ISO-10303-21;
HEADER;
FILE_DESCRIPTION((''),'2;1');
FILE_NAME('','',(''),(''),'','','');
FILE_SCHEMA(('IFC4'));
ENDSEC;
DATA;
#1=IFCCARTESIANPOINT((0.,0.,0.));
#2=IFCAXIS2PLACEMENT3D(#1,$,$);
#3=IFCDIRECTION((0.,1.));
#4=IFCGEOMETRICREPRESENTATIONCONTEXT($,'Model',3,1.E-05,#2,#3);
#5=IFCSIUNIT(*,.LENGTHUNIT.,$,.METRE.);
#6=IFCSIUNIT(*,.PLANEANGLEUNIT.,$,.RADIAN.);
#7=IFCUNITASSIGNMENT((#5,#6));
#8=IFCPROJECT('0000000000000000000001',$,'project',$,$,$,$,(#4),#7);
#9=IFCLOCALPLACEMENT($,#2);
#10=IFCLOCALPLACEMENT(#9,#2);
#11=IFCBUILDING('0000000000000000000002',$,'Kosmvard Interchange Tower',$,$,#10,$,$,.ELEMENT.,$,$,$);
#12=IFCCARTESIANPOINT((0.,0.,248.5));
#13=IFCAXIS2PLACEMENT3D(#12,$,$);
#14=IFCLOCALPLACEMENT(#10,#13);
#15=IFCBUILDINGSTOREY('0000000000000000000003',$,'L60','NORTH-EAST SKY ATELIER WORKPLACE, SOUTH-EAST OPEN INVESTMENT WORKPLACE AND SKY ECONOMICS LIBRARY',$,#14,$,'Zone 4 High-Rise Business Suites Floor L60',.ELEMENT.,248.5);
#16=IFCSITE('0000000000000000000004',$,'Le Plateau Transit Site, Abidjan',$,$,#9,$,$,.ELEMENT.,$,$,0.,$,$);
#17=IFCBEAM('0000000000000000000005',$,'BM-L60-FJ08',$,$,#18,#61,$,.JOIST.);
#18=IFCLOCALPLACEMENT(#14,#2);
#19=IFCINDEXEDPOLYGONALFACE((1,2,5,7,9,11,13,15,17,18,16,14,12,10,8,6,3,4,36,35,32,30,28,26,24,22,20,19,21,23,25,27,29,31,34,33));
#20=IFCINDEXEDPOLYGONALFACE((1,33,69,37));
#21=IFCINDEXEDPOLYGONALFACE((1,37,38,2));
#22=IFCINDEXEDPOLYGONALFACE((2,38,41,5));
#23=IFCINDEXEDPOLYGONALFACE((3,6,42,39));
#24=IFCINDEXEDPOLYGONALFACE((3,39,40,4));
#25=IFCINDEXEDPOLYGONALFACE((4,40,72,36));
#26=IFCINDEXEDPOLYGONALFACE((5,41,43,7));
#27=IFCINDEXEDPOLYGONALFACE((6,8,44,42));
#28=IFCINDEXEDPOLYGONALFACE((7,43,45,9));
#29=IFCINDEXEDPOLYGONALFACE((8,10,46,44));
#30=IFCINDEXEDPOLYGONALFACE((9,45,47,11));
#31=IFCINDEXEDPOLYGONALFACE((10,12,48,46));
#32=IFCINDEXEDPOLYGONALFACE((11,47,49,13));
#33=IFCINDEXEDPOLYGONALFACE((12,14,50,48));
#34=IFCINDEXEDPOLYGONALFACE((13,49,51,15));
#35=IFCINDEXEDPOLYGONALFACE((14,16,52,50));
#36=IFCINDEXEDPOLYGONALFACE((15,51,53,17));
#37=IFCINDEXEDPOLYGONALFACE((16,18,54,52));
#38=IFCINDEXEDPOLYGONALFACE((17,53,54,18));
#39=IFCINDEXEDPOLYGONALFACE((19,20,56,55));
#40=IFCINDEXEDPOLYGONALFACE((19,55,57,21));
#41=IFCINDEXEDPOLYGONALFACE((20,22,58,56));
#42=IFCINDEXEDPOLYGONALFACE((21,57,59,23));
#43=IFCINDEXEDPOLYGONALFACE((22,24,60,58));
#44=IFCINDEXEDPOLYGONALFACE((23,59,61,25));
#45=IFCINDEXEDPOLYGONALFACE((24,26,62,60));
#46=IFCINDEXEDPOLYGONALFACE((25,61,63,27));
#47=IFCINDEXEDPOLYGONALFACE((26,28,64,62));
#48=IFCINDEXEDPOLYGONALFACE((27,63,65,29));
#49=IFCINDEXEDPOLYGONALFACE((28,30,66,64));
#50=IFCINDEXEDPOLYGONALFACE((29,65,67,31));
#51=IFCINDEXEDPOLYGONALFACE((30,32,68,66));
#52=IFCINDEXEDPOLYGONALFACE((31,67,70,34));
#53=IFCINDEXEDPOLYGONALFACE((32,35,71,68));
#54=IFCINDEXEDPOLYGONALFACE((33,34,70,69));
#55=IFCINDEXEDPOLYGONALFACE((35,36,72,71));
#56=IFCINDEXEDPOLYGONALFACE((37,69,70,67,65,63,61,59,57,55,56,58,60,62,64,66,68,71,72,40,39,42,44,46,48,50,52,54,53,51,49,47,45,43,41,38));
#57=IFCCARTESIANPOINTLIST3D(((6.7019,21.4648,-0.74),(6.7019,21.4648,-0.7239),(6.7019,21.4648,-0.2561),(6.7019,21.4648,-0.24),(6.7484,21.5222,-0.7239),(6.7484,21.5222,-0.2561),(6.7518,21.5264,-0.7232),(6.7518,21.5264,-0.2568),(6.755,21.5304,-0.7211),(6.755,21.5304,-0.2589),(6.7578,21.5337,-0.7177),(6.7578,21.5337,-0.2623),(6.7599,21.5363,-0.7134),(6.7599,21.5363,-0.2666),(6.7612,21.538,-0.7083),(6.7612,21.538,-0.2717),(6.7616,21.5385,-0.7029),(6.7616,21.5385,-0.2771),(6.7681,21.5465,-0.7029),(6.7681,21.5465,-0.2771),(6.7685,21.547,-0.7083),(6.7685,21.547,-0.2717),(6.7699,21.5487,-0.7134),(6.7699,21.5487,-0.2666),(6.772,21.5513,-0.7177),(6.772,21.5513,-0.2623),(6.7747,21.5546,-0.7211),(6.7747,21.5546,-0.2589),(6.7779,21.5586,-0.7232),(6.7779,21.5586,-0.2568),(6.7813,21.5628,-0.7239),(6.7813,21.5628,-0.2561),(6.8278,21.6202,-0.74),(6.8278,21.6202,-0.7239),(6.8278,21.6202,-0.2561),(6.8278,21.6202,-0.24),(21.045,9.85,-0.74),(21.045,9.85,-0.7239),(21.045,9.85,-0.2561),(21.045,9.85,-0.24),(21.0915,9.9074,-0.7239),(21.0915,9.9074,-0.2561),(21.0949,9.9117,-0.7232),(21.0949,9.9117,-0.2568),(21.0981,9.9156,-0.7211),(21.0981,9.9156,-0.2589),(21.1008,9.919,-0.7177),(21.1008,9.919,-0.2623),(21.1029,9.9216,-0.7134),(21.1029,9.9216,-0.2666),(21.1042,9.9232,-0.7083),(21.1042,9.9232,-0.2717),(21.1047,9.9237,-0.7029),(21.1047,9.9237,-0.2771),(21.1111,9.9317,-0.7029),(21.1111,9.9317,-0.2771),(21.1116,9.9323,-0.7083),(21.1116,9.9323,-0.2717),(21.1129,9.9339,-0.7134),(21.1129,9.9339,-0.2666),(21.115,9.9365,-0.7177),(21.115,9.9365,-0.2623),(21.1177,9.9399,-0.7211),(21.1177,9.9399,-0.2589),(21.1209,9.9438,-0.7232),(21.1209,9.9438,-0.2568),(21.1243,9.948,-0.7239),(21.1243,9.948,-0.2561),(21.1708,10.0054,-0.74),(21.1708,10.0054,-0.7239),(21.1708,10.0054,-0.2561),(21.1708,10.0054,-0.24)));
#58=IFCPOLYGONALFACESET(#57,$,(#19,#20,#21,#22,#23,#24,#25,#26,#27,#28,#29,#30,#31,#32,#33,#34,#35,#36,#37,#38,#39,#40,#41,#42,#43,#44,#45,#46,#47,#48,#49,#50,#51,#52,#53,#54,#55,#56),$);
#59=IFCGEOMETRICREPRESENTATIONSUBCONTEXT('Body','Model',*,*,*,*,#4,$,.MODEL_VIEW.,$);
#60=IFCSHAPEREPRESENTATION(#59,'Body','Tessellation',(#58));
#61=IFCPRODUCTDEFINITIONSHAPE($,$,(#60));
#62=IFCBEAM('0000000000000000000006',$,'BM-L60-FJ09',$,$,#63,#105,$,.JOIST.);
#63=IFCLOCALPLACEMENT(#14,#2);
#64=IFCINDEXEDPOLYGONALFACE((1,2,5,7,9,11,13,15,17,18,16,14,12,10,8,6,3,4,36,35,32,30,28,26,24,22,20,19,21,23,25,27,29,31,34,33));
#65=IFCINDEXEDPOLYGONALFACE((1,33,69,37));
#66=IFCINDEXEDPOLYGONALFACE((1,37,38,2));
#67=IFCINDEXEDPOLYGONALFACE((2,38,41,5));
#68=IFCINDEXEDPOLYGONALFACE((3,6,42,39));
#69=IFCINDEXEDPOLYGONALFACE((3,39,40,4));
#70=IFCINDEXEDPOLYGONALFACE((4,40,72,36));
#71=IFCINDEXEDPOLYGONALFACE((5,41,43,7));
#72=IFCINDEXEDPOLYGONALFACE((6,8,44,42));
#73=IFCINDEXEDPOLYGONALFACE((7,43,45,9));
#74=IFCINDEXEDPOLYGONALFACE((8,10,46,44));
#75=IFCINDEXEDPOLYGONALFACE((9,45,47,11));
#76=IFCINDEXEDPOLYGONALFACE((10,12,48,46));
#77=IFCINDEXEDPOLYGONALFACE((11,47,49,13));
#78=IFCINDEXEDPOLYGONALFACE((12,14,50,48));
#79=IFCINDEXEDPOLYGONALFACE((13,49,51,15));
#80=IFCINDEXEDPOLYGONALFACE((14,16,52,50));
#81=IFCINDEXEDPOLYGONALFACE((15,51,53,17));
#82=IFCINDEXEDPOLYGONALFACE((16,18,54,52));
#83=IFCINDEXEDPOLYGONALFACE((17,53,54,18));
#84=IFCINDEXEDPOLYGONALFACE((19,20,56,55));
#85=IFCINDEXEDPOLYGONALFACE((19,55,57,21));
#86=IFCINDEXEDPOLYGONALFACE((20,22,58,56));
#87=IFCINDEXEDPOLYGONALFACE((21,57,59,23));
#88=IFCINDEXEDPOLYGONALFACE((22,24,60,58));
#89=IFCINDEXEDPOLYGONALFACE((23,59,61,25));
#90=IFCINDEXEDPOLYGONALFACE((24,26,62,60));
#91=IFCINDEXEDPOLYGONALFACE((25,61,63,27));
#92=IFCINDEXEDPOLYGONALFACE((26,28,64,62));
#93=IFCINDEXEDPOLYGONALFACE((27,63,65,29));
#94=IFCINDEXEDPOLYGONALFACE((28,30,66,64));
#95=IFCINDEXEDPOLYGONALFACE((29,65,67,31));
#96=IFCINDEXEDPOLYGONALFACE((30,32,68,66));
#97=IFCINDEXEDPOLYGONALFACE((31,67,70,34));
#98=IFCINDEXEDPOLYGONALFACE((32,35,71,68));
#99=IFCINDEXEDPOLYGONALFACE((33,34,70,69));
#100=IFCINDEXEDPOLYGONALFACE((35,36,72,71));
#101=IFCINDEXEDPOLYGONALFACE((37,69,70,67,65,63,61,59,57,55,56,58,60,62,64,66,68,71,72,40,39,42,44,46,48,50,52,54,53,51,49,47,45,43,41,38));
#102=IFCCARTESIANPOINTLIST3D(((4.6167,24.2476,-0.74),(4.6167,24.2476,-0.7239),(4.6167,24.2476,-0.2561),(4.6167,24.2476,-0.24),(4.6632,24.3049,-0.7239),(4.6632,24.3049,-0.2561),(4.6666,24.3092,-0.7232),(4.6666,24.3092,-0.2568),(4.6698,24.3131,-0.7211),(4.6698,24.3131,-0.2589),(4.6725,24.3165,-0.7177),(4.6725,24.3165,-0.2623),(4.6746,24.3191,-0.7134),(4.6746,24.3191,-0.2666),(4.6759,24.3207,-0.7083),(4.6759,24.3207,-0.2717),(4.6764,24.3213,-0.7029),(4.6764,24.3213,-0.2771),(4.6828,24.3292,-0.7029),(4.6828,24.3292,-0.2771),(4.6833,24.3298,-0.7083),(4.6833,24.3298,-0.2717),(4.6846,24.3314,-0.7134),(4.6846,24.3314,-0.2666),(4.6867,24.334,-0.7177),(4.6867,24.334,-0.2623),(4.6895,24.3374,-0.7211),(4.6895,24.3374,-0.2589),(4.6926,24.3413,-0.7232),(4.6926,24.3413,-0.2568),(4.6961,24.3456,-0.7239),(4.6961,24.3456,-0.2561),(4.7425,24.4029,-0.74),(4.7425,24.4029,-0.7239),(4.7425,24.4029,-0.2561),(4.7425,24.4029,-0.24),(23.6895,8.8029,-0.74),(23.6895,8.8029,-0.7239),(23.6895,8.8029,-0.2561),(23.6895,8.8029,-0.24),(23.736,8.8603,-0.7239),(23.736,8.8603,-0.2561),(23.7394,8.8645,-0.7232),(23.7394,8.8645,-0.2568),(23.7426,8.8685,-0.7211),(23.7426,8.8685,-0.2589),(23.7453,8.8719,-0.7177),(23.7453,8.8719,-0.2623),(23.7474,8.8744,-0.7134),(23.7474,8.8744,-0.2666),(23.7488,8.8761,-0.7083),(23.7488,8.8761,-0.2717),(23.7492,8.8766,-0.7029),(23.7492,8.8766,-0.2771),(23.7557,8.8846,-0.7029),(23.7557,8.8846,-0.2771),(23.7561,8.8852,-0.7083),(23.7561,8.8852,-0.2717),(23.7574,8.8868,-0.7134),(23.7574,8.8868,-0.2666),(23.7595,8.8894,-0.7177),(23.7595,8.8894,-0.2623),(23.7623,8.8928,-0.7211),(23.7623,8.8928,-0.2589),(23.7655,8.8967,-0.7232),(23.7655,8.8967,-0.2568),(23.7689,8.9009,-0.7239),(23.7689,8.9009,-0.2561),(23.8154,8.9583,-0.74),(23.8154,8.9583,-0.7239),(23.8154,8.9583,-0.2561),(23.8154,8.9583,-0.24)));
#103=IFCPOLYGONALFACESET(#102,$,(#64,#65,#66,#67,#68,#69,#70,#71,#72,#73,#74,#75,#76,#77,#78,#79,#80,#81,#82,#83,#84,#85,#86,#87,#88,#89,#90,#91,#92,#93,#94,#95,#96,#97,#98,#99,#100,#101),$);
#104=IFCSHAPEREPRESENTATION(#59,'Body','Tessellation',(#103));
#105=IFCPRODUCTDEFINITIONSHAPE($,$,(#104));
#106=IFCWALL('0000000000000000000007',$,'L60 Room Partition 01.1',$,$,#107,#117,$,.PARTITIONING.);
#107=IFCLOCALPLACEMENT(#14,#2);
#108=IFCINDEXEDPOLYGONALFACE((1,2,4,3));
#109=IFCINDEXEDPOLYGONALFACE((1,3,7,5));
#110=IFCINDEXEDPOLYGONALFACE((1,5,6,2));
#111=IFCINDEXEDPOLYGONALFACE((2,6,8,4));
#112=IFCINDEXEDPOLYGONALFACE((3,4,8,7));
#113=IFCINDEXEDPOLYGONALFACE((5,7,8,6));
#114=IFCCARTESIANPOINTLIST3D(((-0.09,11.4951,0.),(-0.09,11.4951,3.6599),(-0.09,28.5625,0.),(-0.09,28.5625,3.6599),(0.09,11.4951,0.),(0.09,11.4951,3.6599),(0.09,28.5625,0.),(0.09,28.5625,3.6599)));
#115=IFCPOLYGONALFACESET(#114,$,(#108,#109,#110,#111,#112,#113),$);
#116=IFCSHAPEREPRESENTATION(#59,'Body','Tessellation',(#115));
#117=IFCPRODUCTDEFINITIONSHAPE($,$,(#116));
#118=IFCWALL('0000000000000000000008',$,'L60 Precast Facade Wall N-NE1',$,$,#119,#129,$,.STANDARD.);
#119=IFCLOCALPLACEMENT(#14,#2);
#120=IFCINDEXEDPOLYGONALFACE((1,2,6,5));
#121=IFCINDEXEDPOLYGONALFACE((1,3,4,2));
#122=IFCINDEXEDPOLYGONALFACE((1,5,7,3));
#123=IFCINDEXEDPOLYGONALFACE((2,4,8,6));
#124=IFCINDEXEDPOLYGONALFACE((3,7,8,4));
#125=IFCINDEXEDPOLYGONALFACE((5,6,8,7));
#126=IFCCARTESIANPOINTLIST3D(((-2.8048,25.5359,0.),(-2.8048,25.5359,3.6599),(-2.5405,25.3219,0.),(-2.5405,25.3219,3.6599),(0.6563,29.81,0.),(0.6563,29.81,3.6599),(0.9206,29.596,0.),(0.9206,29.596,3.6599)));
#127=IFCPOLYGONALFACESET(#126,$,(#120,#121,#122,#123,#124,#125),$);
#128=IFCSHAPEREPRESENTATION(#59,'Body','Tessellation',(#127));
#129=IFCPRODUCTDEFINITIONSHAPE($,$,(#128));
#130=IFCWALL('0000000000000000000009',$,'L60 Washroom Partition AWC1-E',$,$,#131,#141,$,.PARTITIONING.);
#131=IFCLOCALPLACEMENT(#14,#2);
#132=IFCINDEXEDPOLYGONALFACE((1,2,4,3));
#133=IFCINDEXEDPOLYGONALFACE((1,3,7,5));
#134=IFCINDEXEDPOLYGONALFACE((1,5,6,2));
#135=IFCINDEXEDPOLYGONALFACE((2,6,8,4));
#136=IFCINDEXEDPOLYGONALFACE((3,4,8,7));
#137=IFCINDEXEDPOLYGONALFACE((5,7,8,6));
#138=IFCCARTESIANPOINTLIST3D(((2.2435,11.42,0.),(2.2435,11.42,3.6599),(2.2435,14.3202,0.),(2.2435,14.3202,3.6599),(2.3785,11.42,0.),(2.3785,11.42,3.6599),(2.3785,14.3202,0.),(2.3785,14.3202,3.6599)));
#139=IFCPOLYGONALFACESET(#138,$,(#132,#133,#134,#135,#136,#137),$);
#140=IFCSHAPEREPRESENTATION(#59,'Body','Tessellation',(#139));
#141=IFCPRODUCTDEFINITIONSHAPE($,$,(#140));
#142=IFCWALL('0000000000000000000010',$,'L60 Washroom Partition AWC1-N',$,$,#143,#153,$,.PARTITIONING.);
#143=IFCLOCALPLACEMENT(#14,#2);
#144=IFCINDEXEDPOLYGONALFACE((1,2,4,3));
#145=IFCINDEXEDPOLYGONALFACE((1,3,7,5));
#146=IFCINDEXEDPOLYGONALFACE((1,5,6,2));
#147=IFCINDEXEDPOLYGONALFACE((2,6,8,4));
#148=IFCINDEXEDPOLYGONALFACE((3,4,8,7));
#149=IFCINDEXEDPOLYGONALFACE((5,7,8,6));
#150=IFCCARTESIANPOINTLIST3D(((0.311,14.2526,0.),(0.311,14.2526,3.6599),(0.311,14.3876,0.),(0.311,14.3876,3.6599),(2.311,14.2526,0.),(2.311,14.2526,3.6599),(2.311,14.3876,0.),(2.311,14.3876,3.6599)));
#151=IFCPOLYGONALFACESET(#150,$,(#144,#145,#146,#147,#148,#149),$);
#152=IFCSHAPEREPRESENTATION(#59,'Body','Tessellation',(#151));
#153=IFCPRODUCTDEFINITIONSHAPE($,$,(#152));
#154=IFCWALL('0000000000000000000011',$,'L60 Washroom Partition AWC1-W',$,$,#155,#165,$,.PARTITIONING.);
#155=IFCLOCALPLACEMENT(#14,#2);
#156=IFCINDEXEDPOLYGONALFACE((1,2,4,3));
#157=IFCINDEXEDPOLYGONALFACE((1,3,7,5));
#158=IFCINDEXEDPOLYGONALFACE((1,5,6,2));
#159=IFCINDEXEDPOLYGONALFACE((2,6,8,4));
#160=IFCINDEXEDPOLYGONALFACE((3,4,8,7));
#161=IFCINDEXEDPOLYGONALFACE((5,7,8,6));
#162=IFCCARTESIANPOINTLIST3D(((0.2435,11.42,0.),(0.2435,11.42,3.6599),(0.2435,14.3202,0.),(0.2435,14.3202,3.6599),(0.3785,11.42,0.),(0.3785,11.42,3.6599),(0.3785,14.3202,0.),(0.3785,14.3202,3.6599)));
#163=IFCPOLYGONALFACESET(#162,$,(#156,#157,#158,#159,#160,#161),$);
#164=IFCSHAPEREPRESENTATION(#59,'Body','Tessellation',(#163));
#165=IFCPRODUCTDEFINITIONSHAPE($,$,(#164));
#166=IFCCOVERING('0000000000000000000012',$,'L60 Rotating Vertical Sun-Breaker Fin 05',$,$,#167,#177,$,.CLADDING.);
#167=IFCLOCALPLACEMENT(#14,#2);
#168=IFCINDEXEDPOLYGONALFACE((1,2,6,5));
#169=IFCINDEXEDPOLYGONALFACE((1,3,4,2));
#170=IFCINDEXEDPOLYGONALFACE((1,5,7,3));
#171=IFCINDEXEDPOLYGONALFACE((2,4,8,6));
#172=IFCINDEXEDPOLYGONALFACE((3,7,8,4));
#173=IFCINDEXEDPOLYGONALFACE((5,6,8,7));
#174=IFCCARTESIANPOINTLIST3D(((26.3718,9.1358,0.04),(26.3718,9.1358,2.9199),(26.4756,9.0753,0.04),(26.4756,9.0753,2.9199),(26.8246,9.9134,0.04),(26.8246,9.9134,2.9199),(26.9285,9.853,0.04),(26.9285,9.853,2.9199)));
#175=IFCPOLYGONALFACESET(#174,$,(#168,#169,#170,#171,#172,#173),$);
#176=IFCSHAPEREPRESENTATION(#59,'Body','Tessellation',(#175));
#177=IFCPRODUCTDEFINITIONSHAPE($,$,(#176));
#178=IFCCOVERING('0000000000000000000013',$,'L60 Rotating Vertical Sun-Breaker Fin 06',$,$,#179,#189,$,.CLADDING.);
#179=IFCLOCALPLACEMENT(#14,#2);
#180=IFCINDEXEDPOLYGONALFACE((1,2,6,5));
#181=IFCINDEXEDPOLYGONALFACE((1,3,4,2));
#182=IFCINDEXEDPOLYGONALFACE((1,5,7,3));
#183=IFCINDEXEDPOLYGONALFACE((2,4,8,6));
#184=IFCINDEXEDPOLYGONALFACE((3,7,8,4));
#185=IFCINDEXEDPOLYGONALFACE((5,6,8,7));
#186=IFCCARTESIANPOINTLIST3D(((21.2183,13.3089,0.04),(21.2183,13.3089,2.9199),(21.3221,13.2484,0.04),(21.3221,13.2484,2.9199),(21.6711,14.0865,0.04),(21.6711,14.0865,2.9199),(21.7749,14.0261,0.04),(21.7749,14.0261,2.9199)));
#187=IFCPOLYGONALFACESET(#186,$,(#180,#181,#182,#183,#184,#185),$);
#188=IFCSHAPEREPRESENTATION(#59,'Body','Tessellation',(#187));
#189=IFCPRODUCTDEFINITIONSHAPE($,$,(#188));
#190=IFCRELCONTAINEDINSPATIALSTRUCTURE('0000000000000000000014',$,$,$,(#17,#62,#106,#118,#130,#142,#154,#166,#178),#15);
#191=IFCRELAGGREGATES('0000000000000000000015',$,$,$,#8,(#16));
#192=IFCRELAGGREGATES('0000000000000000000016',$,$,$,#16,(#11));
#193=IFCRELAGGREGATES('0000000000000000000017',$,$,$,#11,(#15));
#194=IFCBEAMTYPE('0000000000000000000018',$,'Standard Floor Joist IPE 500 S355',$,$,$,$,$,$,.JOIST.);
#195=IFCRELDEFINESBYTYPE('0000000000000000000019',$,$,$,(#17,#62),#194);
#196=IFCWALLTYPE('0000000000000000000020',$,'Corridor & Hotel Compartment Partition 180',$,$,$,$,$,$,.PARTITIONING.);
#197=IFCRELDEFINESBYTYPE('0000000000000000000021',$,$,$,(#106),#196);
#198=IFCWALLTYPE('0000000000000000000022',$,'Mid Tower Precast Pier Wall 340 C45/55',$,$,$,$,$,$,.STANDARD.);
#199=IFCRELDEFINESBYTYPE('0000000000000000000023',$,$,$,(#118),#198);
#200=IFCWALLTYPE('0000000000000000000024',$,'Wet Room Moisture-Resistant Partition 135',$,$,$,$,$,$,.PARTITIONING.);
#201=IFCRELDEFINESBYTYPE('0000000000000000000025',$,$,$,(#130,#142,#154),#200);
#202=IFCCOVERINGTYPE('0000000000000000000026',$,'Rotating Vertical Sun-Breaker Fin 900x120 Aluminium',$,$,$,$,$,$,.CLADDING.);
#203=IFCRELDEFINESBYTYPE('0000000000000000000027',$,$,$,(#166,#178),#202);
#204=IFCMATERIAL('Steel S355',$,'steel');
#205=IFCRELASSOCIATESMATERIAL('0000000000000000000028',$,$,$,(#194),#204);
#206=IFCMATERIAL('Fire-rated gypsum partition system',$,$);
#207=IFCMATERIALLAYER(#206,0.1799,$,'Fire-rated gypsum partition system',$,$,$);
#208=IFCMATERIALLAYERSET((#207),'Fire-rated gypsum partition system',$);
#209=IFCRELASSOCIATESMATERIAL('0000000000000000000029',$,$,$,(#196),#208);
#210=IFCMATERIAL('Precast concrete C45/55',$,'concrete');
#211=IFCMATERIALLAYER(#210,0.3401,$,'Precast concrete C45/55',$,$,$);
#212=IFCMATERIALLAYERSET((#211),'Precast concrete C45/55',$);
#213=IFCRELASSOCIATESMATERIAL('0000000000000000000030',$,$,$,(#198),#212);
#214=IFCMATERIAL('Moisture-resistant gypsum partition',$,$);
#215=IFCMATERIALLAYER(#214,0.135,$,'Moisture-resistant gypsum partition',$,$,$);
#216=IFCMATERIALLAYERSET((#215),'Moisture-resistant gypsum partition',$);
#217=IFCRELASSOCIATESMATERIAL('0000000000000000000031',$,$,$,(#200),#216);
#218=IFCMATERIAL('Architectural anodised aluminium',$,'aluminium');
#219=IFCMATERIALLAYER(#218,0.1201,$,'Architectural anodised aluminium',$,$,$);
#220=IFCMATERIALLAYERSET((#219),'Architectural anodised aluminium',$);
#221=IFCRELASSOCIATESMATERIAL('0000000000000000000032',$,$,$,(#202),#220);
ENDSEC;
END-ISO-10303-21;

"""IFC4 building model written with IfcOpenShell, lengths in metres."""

from ifc_helpers import new_model, si_unit, direction, frame, frame_2d, origin, origin_2d, place, context, subcontext, project, spatial, rectangle, i_section, extrude, source, transform, mapped, material, layer, layer_set, material_profile, profile_set, type_object, element, save


model = new_model("IFC4")

# Units and contexts
model_context = context("Model", 3, precision=1e-05, world=origin(), true_north=direction((0.0, 1.0)))
body_context = subcontext(model_context, "Body", "Model", "MODEL_VIEW")
ifc_project = project(units=[si_unit("LENGTHUNIT", "METRE"), si_unit("PLANEANGLEUNIT", "RADIAN")], contexts=[model_context])

# Site, building, storey
site_placement = place(None, origin())
site = spatial("IfcSite", under=ifc_project, at=site_placement, Name="Le Plateau Transit Site, Abidjan", CompositionType="ELEMENT", RefElevation=0.0)
building_placement = place(site_placement, origin())
building = spatial("IfcBuilding", under=site, at=building_placement, Name="Kosmvard Interchange Tower", CompositionType="ELEMENT")
storey_placement = place(building_placement, frame((0.0, 0.0, 248.5)))
storey = spatial("IfcBuildingStorey", under=building, at=storey_placement, Name="L60", Description="NORTH-EAST SKY ATELIER WORKPLACE, SOUTH-EAST OPEN INVESTMENT WORKPLACE AND SKY ECONOMICS LIBRARY", LongName="Zone 4 High-Rise Business Suites Floor L60", CompositionType="ELEMENT", Elevation=248.5)

# Beams
ifc_material_1 = material(Name="Steel S355", Category="steel")
ifc_material_2 = material(Name="Precast concrete C45/55", Category="concrete")
ifc_material_profile_1 = material_profile(ifc_material_1, i_section(OverallWidth=0.2, OverallDepth=0.5, WebThickness=0.0103, FlangeThickness=0.0161, FilletRadius=0.021, at=origin_2d()), Name="IPE 500")
ifc_profile_set_1 = profile_set([ifc_material_profile_1], Name="Steel S355")
beam_type_1 = type_object("IfcBeamType", Name="Standard Floor Joist IPE 500 S355", PredefinedType="JOIST", material=ifc_profile_set_1)
shared_shape_1 = source(origin(), body_context, "Body", "SweptSolid", [
    extrude(i_section(OverallWidth=0.2, OverallDepth=0.5, WebThickness=0.0103, FlangeThickness=0.0161, FilletRadius=0.021, at=origin_2d()), origin(), (0.0, 0.0, 1.0), 18.4561),
])
beam_1_placement = place(storey_placement, frame((21.1079, 9.9277, -0.49), z_axis=(-0.777146, 0.62932, 0.0), x_axis=(-0.62932, -0.777146, 0.0)))
element("IfcBeam", 1, at=beam_1_placement, inside=storey, type_object=beam_type_1, Name="BM-L60-FJ08", PredefinedType="JOIST", context=body_context, shape_type="MappedRepresentation", body=[
    mapped(shared_shape_1, transform((0.0, 0.0, 0.0), scale=1.0)),
])
shared_shape_2 = source(origin(), body_context, "Body", "SweptSolid", [
    extrude(i_section(OverallWidth=0.2, OverallDepth=0.5, WebThickness=0.0103, FlangeThickness=0.0161, FilletRadius=0.021, at=origin_2d()), origin(), (0.0, 0.0, 1.0), 24.542),
])
beam_2_placement = place(storey_placement, frame((23.7524, 8.8806, -0.49), z_axis=(-0.777151, 0.629315, 0.0), x_axis=(-0.629315, -0.777151, 0.0)))
element("IfcBeam", 2, at=beam_2_placement, inside=storey, type_object=beam_type_1, Name="BM-L60-FJ09", PredefinedType="JOIST", context=body_context, shape_type="MappedRepresentation", body=[
    mapped(shared_shape_2, transform((0.0, 0.0, 0.0), scale=1.0)),
])

# Walls
ifc_material_3 = material(Name="Fire-rated gypsum partition system")
ifc_layer_1 = layer(ifc_material_3, 0.1799, Name="Fire-rated gypsum partition system")
ifc_layer_set_1 = layer_set([ifc_layer_1], Name="Fire-rated gypsum partition system")
wall_type_1 = type_object("IfcWallType", Name="Corridor & Hotel Compartment Partition 180", PredefinedType="PARTITIONING", material=ifc_layer_set_1)
wall_1_placement = place(storey_placement, frame((0.0, 11.4951, 0.0), z_axis=(0.0, 0.0, 1.0), x_axis=(0.0, 1.0, 0.0)))
element("IfcWall", 3, at=wall_1_placement, inside=storey, type_object=wall_type_1, Name="L60 Room Partition 01.1", PredefinedType="PARTITIONING", context=body_context, shape_type="SweptSolid", body=[
    extrude(rectangle(XDim=17.0674, YDim=0.1799, at=frame_2d((8.5337, 0.0))), origin(), (0.0, 0.0, 1.0), 3.6599),
])
ifc_layer_2 = layer(ifc_material_2, 0.3401, Name="Precast concrete C45/55")
ifc_layer_set_2 = layer_set([ifc_layer_2], Name="Precast concrete C45/55")
wall_type_2 = type_object("IfcWallType", Name="Mid Tower Precast Pier Wall 340 C45/55", PredefinedType="STANDARD", material=ifc_layer_set_2)
wall_2_placement = place(storey_placement, frame((0.7886, 29.7031, 0.0), z_axis=(0.0, 0.0, 1.0), x_axis=(-0.629323, -0.777144, 0.0)))
element("IfcWall", 4, at=wall_2_placement, inside=storey, type_object=wall_type_2, Name="L60 Precast Facade Wall N-NE1", PredefinedType="STANDARD", context=body_context, shape_type="SweptSolid", body=[
    extrude(rectangle(XDim=5.4998, YDim=0.3401, at=frame_2d((2.75, 0.0))), origin(), (0.0, 0.0, 1.0), 3.6599),
])
ifc_material_4 = material(Name="Moisture-resistant gypsum partition")
ifc_layer_3 = layer(ifc_material_4, 0.135, Name="Moisture-resistant gypsum partition")
ifc_layer_set_3 = layer_set([ifc_layer_3], Name="Moisture-resistant gypsum partition")
wall_type_3 = type_object("IfcWallType", Name="Wet Room Moisture-Resistant Partition 135", PredefinedType="PARTITIONING", material=ifc_layer_set_3)
wall_3_placement = place(storey_placement, frame((2.311, 11.4199, 0.0), z_axis=(0.0, 0.0, 1.0), x_axis=(0.0, 1.0, 0.0)))
element("IfcWall", 5, at=wall_3_placement, inside=storey, type_object=wall_type_3, Name="L60 Washroom Partition AWC1-E", PredefinedType="PARTITIONING", context=body_context, shape_type="SweptSolid", body=[
    extrude(rectangle(XDim=2.9001, YDim=0.135, at=frame_2d((1.4502, 0.0))), origin(), (0.0, 0.0, 1.0), 3.6599),
])
wall_4_placement = place(storey_placement, frame((0.311, 14.3201, 0.0), z_axis=(0.0, 0.0, 1.0), x_axis=(1.0, 0.0, 0.0)))
element("IfcWall", 6, at=wall_4_placement, inside=storey, type_object=wall_type_3, Name="L60 Washroom Partition AWC1-N", PredefinedType="PARTITIONING", context=body_context, shape_type="SweptSolid", body=[
    extrude(rectangle(XDim=2.0, YDim=0.135, at=frame_2d((1.0, 0.0))), origin(), (0.0, 0.0, 1.0), 3.6599),
])
wall_5_placement = place(storey_placement, frame((0.311, 11.4199, 0.0), z_axis=(0.0, 0.0, 1.0), x_axis=(0.0, 1.0, 0.0)))
element("IfcWall", 7, at=wall_5_placement, inside=storey, type_object=wall_type_3, Name="L60 Washroom Partition AWC1-W", PredefinedType="PARTITIONING", context=body_context, shape_type="SweptSolid", body=[
    extrude(rectangle(XDim=2.9001, YDim=0.135, at=frame_2d((1.4502, 0.0))), origin(), (0.0, 0.0, 1.0), 3.6599),
])

# Coverings
ifc_material_5 = material(Name="Architectural anodised aluminium", Category="aluminium")
ifc_layer_4 = layer(ifc_material_5, 0.1201, Name="Architectural anodised aluminium")
ifc_layer_set_4 = layer_set([ifc_layer_4], Name="Architectural anodised aluminium")
covering_type = type_object("IfcCoveringType", Name="Rotating Vertical Sun-Breaker Fin 900x120 Aluminium", PredefinedType="CLADDING", material=ifc_layer_set_4)
shared_shape_3 = source(origin(), body_context, "Body", "SweptSolid", [
    extrude(rectangle(XDim=0.8999, YDim=0.1201, at=origin_2d()), origin(), (0.0, 0.0, 1.0), 2.8799),
])
for number, where, z_axis, x_axis, name in (
    (8, (26.6501, 9.4944, 0.04), (0.0, 0.0, 1.0), (0.503171, 0.864187, 0.0), "L60 Rotating Vertical Sun-Breaker Fin 05"),
    (9, (21.4966, 13.6675, 0.04), (0.0, 0.0, 1.0), (0.503171, 0.864187, 0.0), "L60 Rotating Vertical Sun-Breaker Fin 06"),
):
    element("IfcCovering", number, at=place(storey_placement, frame(where, z_axis=z_axis, x_axis=x_axis)), inside=storey, type_object=covering_type, Name=name, PredefinedType="CLADDING", context=body_context, shape_type="MappedRepresentation", body=[
        mapped(shared_shape_3, transform((0.0, 0.0, 0.0), scale=1.0)),
    ])

save(model, "model.ifc")
